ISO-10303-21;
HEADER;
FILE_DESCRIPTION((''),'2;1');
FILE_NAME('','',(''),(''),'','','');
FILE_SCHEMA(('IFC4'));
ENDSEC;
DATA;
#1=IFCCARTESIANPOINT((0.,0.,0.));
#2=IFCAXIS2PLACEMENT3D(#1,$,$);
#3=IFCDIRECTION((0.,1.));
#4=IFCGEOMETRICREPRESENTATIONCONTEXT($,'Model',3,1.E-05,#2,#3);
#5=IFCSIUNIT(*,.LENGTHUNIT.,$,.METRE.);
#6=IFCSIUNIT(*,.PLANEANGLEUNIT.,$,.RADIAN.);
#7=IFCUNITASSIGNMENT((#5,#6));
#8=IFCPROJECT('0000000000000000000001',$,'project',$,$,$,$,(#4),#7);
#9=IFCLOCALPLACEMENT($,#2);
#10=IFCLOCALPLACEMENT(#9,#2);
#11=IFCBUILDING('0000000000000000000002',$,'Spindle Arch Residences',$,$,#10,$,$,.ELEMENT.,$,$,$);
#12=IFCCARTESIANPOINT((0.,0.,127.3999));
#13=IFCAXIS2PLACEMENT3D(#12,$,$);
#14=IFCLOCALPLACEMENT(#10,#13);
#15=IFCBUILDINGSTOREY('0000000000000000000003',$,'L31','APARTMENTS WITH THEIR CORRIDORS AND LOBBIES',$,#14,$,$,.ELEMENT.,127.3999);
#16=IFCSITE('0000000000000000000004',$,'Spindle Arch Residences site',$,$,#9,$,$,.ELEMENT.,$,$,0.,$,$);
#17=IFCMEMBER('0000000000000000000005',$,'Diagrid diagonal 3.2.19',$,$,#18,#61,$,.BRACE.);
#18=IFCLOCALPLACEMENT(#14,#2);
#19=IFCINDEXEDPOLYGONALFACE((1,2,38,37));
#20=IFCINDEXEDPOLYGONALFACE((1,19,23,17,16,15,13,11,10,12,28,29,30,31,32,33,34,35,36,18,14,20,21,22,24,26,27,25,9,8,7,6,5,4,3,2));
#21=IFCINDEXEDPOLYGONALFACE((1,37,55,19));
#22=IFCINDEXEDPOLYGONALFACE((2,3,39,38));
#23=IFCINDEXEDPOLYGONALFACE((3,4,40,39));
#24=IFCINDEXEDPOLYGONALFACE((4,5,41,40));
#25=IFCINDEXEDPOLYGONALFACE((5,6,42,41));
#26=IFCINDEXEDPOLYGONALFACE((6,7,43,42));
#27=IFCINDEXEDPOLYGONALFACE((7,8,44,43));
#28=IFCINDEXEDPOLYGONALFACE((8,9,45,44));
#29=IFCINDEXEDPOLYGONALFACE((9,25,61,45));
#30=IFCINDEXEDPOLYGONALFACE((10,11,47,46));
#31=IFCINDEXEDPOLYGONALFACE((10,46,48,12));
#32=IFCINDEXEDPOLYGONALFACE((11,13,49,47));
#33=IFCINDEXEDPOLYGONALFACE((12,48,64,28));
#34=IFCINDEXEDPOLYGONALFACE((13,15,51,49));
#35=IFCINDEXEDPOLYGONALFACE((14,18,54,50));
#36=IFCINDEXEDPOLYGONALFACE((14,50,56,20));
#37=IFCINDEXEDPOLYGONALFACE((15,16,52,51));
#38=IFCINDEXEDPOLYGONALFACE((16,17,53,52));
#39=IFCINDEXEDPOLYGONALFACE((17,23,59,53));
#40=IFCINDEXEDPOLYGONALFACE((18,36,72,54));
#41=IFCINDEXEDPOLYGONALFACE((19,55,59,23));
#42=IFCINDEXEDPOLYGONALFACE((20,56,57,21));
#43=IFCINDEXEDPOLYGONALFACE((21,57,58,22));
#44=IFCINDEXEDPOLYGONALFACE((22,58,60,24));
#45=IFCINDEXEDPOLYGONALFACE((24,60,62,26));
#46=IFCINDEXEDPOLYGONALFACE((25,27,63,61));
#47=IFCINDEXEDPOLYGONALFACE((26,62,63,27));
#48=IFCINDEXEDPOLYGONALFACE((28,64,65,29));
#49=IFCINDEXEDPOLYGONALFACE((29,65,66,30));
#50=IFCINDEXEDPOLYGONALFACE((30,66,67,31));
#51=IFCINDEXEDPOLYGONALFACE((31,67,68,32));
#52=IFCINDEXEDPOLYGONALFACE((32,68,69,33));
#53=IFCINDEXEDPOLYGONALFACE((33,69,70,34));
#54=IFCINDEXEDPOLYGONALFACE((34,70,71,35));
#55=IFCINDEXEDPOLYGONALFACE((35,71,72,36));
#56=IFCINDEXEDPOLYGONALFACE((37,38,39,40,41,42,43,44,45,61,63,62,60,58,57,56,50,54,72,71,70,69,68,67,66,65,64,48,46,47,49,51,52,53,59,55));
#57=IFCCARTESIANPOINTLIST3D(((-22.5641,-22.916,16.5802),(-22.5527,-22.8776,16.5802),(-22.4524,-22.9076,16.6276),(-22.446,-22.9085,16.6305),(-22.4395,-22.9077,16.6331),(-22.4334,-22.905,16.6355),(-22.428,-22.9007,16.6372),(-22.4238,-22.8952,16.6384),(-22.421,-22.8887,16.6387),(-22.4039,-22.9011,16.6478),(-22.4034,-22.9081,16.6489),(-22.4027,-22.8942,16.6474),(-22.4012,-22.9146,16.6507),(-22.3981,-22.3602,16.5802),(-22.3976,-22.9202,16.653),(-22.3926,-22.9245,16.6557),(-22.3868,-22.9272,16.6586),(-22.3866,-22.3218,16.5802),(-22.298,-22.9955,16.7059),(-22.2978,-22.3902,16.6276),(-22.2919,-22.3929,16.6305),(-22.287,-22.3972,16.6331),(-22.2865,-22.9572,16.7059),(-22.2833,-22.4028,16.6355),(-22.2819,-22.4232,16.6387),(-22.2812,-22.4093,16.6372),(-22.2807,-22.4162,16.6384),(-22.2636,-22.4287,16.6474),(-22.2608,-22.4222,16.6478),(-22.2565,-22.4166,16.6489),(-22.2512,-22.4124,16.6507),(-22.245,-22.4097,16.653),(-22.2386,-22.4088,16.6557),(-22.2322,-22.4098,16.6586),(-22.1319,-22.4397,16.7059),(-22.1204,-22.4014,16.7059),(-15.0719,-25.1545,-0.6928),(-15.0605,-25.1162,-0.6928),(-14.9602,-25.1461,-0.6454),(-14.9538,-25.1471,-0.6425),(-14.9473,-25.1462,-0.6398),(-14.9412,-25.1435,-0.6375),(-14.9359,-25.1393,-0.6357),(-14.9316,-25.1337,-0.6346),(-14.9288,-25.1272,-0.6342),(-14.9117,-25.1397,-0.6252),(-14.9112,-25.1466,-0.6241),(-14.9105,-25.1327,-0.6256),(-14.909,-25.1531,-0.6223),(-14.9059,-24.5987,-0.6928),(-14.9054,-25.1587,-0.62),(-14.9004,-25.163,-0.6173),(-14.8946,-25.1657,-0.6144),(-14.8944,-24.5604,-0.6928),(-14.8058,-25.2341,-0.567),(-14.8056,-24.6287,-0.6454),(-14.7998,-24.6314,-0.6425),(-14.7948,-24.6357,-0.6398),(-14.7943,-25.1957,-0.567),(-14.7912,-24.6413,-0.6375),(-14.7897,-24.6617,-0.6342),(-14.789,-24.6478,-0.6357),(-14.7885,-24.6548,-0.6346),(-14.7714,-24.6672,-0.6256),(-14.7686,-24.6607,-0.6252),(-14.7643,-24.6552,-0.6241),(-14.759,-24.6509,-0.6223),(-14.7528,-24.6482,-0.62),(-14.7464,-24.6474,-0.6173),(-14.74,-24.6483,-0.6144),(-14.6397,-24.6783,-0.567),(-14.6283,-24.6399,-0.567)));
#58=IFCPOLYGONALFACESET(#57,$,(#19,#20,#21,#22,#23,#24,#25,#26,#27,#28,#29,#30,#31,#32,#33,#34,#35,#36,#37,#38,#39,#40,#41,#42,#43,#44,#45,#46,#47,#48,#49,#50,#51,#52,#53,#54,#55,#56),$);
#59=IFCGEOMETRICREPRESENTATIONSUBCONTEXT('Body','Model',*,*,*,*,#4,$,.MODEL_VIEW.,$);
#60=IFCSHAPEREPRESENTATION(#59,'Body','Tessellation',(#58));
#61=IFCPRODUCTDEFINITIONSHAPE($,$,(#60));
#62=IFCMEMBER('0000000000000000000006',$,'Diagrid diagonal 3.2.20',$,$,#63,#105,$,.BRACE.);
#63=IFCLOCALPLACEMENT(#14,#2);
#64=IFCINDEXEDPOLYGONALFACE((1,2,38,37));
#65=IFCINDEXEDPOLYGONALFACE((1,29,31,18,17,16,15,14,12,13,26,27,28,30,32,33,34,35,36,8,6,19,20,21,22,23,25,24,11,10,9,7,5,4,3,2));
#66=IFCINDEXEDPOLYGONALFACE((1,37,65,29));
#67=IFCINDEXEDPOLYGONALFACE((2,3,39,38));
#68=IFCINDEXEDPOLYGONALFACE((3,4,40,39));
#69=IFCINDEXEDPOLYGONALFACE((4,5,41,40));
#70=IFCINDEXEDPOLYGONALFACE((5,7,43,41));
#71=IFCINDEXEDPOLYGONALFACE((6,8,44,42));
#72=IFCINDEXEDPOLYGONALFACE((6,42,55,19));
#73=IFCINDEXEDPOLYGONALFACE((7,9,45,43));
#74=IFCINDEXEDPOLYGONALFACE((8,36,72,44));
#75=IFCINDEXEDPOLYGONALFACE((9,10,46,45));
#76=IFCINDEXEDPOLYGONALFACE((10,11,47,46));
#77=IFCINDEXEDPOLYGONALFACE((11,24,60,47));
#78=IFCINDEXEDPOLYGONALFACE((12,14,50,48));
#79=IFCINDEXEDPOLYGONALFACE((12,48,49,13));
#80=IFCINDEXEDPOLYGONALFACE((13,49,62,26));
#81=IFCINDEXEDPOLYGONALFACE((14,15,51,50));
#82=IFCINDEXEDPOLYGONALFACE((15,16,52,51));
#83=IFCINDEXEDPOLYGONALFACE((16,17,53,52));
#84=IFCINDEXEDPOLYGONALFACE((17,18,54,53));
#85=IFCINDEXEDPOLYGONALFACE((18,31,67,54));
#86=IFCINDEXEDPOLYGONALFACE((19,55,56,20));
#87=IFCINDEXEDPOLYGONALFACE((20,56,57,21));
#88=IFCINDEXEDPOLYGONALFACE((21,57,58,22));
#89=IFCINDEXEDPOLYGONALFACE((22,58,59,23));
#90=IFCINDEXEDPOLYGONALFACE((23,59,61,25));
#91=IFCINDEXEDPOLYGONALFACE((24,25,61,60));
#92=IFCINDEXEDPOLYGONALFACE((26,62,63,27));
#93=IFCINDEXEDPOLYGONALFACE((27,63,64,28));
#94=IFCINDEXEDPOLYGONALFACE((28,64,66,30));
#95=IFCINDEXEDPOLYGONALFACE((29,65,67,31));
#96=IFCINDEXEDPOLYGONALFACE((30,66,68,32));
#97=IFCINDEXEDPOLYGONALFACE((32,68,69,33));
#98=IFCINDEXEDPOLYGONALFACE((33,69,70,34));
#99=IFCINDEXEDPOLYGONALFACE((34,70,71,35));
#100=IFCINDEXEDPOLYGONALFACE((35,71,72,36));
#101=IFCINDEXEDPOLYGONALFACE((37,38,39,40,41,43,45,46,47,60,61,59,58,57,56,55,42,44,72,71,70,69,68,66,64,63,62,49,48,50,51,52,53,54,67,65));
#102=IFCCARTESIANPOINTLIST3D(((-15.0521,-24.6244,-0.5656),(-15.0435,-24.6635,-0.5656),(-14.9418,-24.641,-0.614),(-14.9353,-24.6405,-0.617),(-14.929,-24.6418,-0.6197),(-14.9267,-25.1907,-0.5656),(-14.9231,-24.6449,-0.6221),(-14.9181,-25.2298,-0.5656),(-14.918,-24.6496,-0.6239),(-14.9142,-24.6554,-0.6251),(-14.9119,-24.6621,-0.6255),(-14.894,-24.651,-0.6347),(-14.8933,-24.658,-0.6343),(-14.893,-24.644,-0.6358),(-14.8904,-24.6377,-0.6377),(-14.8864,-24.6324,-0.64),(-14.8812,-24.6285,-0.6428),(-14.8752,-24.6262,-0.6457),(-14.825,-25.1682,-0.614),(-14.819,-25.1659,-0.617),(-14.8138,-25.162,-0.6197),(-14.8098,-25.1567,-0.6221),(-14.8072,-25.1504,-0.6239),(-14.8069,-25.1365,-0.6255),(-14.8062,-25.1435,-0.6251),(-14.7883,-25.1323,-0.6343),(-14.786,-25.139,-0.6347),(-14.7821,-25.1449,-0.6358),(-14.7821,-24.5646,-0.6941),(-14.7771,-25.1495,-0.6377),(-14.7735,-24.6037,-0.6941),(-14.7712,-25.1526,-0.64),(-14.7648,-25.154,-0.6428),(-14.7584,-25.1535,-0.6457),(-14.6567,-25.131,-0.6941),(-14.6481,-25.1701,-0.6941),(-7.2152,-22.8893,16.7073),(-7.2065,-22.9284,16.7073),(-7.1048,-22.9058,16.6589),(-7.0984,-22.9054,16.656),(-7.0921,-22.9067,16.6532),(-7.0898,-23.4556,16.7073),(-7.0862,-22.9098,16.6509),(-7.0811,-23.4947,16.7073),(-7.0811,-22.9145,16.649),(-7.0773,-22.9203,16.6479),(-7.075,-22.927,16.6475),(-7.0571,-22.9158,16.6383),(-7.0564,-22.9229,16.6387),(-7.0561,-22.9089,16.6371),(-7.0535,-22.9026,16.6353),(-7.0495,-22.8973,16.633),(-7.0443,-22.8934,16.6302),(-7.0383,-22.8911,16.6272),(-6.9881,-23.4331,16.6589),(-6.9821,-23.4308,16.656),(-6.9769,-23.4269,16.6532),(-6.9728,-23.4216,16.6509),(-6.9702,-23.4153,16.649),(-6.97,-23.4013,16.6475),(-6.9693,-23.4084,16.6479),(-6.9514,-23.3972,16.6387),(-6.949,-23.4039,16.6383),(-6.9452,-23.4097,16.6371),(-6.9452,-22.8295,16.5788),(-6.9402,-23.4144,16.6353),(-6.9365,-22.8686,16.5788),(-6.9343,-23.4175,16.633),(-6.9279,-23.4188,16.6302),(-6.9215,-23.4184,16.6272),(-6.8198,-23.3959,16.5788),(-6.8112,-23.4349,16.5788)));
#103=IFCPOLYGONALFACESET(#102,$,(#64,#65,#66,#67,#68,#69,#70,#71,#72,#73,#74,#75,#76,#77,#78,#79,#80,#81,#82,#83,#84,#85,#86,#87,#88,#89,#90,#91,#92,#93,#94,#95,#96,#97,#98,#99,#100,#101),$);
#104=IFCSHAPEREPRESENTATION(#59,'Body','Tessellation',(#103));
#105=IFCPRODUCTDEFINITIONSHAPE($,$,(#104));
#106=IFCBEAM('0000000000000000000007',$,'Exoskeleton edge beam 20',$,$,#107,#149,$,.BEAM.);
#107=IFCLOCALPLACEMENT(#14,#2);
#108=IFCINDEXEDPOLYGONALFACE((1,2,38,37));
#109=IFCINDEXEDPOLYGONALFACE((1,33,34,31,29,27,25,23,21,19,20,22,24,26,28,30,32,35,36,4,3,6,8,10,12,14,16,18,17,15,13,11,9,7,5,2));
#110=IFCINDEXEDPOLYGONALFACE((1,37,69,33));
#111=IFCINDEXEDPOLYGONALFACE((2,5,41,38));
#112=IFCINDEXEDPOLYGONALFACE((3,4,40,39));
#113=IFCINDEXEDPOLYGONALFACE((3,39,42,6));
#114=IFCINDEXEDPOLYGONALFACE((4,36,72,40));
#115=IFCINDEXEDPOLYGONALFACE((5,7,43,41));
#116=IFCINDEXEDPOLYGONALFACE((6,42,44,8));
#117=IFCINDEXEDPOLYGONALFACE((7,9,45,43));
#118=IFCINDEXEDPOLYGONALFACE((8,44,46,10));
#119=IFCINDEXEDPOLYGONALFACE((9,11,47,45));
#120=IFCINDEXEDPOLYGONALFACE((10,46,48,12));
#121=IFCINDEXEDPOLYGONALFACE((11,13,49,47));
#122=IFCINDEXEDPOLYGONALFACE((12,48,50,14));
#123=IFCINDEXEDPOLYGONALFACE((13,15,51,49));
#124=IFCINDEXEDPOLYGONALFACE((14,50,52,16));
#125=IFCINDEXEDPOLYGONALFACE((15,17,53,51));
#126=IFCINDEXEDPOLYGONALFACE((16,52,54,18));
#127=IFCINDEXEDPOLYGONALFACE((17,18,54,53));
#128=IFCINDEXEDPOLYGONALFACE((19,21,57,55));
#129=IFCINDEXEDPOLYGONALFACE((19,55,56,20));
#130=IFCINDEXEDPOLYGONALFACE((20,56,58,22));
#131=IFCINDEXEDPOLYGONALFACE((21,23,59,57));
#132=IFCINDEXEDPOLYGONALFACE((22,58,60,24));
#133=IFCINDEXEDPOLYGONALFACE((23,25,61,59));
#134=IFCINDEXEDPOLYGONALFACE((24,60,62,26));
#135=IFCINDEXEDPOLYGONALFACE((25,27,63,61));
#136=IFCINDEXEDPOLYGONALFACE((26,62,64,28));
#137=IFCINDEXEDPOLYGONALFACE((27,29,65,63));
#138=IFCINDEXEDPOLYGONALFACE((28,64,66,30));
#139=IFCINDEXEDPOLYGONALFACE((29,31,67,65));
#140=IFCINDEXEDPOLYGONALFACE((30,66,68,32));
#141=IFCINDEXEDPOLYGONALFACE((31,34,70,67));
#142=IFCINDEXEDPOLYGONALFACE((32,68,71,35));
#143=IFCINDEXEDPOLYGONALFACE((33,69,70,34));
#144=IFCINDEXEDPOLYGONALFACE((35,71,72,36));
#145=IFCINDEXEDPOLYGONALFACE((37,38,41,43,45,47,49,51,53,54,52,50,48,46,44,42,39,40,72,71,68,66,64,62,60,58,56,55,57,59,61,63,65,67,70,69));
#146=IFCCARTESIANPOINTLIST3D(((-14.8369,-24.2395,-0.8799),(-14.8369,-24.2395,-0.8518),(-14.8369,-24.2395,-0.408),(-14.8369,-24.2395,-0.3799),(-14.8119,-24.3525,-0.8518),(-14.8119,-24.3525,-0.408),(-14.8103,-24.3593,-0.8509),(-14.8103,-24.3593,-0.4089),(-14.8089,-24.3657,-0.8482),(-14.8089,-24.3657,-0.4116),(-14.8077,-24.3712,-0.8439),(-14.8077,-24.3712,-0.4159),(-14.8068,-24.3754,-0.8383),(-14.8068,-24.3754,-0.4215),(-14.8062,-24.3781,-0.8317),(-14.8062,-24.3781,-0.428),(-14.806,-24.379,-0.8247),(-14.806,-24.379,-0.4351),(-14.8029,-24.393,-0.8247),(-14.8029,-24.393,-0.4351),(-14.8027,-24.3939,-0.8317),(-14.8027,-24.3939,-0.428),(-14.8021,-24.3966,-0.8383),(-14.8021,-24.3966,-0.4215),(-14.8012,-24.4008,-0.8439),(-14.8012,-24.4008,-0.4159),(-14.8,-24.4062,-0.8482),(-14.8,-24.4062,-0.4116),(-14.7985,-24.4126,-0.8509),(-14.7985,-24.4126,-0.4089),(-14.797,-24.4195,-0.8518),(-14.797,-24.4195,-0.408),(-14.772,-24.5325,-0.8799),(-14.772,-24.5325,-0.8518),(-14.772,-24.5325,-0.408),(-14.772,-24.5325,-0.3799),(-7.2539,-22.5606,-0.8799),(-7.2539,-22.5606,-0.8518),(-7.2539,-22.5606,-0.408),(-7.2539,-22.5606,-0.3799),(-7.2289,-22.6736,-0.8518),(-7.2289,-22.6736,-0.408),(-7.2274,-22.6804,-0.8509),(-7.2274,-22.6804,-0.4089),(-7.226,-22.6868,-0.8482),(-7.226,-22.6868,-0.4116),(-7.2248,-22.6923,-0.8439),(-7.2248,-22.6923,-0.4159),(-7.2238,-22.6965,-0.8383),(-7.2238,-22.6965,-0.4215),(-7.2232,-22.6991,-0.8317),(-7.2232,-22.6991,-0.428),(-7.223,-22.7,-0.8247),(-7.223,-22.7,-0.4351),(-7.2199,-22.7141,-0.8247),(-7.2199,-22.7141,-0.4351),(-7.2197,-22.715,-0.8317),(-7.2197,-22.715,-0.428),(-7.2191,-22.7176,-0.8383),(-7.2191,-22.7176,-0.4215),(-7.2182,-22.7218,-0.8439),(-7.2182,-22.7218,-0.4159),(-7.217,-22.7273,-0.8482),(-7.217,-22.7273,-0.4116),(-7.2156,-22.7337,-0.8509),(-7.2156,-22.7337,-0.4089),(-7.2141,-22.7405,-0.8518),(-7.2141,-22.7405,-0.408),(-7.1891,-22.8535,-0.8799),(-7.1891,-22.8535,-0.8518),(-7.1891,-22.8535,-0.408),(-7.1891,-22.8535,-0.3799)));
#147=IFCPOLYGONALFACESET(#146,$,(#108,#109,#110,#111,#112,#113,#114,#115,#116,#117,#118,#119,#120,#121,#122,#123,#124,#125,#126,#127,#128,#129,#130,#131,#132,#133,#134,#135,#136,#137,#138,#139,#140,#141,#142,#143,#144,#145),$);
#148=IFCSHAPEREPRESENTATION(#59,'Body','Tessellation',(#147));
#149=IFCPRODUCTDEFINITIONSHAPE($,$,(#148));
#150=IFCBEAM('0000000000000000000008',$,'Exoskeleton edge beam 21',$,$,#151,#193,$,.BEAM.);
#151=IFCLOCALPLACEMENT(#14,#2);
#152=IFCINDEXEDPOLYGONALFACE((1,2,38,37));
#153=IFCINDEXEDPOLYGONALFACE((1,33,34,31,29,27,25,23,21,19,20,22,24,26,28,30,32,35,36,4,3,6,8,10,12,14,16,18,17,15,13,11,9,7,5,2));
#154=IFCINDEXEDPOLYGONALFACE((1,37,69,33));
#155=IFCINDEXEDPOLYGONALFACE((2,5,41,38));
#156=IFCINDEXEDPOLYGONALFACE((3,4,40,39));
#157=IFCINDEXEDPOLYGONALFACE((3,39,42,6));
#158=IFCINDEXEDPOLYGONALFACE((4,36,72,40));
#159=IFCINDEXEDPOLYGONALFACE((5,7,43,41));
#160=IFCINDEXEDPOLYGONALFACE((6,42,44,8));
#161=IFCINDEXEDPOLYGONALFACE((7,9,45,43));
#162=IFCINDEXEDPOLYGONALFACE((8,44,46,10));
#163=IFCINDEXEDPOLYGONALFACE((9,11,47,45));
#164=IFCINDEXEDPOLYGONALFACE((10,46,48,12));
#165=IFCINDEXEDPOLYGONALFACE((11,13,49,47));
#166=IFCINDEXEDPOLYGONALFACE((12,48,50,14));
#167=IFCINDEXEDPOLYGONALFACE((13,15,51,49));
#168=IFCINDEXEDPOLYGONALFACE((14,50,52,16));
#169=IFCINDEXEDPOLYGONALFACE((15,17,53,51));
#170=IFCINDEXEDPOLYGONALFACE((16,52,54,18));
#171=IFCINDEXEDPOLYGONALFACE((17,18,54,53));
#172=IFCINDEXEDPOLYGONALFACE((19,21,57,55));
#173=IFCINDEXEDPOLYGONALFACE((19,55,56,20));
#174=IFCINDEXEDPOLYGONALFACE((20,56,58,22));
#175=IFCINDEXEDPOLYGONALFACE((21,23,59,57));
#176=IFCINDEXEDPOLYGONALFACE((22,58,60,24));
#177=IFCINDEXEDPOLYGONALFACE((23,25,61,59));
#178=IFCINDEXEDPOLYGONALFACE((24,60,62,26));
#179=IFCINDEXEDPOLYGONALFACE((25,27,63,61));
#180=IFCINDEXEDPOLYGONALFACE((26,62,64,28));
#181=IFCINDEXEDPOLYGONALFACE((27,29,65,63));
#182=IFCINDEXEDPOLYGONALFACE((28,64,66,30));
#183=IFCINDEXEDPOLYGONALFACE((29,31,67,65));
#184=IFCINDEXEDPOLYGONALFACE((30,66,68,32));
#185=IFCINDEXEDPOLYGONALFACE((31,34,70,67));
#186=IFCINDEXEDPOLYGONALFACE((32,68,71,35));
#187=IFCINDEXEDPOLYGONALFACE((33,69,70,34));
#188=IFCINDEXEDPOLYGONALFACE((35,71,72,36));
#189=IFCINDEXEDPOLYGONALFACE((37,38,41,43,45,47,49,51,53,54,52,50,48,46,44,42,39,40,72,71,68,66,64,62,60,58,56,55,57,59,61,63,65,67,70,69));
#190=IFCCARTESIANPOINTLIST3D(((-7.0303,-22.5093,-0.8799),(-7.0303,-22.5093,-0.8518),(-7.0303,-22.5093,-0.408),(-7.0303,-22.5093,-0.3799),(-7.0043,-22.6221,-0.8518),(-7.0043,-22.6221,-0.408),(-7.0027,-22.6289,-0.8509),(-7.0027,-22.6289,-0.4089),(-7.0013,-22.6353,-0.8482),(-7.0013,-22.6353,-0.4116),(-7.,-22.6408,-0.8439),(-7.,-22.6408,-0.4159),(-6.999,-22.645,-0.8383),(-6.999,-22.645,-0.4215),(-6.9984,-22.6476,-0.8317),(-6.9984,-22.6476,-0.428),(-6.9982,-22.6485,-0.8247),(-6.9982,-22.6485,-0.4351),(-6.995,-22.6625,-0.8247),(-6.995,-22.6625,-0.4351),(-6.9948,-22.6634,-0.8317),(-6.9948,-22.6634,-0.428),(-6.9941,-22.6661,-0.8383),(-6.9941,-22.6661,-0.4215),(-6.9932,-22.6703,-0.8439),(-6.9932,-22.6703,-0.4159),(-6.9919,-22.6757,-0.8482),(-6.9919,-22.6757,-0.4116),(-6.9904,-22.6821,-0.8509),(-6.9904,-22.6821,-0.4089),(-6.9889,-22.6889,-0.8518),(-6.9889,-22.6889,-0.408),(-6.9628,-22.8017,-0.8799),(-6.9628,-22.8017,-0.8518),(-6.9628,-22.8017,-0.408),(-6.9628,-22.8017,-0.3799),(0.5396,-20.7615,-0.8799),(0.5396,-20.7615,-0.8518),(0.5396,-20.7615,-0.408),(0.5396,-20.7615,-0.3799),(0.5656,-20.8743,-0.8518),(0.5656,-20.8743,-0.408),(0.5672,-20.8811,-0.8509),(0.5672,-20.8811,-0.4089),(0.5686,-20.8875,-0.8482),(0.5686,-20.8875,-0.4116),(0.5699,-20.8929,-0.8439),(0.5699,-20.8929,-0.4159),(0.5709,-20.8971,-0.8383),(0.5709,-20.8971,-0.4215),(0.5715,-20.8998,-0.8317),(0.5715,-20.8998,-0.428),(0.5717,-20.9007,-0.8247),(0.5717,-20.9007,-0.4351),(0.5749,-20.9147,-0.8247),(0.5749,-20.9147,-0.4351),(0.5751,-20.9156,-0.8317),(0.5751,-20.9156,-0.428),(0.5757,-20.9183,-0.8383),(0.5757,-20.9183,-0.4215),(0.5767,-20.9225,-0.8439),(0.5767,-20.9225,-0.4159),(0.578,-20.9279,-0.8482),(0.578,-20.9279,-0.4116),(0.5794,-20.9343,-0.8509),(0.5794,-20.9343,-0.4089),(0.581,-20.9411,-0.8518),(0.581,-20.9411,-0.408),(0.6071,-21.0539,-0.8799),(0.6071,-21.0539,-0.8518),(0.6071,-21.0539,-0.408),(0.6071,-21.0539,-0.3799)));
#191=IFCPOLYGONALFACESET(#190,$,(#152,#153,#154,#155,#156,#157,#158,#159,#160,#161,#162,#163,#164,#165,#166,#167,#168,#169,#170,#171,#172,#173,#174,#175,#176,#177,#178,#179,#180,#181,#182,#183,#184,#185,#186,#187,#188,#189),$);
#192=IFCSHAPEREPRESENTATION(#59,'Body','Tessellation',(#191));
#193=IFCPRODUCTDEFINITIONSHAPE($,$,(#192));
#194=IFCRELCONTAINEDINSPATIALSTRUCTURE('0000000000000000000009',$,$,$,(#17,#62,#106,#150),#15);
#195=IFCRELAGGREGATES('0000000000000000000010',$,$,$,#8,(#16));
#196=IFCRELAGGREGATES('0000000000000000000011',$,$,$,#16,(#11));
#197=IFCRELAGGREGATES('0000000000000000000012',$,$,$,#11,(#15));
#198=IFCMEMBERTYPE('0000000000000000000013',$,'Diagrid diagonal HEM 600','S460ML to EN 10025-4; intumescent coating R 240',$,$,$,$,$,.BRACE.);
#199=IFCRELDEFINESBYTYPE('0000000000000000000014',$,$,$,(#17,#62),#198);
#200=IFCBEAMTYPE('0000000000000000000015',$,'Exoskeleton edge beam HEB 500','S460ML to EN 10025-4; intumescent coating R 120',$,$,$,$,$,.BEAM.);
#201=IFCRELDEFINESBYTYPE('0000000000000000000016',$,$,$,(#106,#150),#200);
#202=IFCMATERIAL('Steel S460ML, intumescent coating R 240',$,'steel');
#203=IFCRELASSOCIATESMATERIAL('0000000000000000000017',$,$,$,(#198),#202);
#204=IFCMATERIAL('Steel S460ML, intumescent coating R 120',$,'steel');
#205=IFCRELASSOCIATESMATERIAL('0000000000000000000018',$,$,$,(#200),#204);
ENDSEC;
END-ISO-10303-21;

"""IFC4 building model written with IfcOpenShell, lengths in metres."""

from ifc_helpers import new_model, si_unit, direction, frame, origin, origin_2d, place, context, subcontext, project, spatial, i_section, extrude, material, material_profile, profile_set, type_object, element, save


model = new_model("IFC4")

# Units and contexts
model_context = context("Model", 3, precision=1e-05, world=origin(), true_north=direction((0.0, 1.0)))
body_context = subcontext(model_context, "Body", "Model", "MODEL_VIEW")
ifc_project = project(units=[si_unit("LENGTHUNIT", "METRE"), si_unit("PLANEANGLEUNIT", "RADIAN")], contexts=[model_context])

# Site, building, storey
site_placement = place(None, origin())
site = spatial("IfcSite", under=ifc_project, at=site_placement, Name="Spindle Arch Residences site", CompositionType="ELEMENT", RefElevation=0.0)
building_placement = place(site_placement, origin())
building = spatial("IfcBuilding", under=site, at=building_placement, Name="Spindle Arch Residences", CompositionType="ELEMENT")
storey_placement = place(building_placement, frame((0.0, 0.0, 127.3999)))
storey = spatial("IfcBuildingStorey", under=building, at=storey_placement, Name="L31", Description="APARTMENTS WITH THEIR CORRIDORS AND LOBBIES", CompositionType="ELEMENT", Elevation=127.3999)

# Members
ifc_material_1 = material(Name="Steel S460ML, intumescent coating R 240", Category="steel")
ifc_material_profile_1 = material_profile(ifc_material_1, i_section(OverallWidth=0.3049, OverallDepth=0.6201, WebThickness=0.021, FlangeThickness=0.04, FilletRadius=0.0271, at=origin_2d()), Name="HEM 600")
ifc_profile_set_1 = profile_set([ifc_material_profile_1], Name="Steel S460ML, intumescent coating R 240")
member_type_1 = type_object("IfcMemberType", Name="Diagrid diagonal HEM 600", Description="S460ML to EN 10025-4; intumescent coating R 240", PredefinedType="BRACE", material=ifc_profile_set_1)
member_1_placement = place(storey_placement, frame((-14.8501, -24.8972, -0.6299), z_axis=(-0.395148, 0.118063, 0.910999), x_axis=(0.872871, -0.260798, 0.412409)))
element("IfcMember", 1, at=member_1_placement, inside=storey, type_object=member_type_1, Name="Diagrid diagonal 3.2.19", PredefinedType="BRACE", context=body_context, shape_type="SweptSolid", body=[
    extrude(i_section(OverallWidth=0.3049, OverallDepth=0.6201, WebThickness=0.021, FlangeThickness=0.04, FilletRadius=0.0271, at=origin_2d()), origin(), (0.0, 0.0, 1.0), 18.9604),
])
member_2_placement = place(storey_placement, frame((-14.8501, -24.8972, -0.6299), z_axis=(0.411455, 0.091097, 0.906866), x_axis=(-0.885425, -0.196035, 0.421418)))
element("IfcMember", 2, at=member_2_placement, inside=storey, type_object=member_type_1, Name="Diagrid diagonal 3.2.20", PredefinedType="BRACE", context=body_context, shape_type="SweptSolid", body=[
    extrude(i_section(OverallWidth=0.3049, OverallDepth=0.6201, WebThickness=0.021, FlangeThickness=0.04, FilletRadius=0.0271, at=origin_2d()), origin(), (0.0, 0.0, 1.0), 19.0469),
])

# Beams
ifc_material_2 = material(Name="Steel S460ML, intumescent coating R 120", Category="steel")
ifc_material_profile_2 = material_profile(ifc_material_2, i_section(OverallWidth=0.3, OverallDepth=0.5, WebThickness=0.0144, FlangeThickness=0.0281, FilletRadius=0.0271, at=origin_2d()), Name="HEB 500")
ifc_profile_set_2 = profile_set([ifc_material_profile_2], Name="Steel S460ML, intumescent coating R 120")
beam_type_1 = type_object("IfcBeamType", Name="Exoskeleton edge beam HEB 500", Description="S460ML to EN 10025-4; intumescent coating R 120", PredefinedType="BEAM", material=ifc_profile_set_2)
beam_1_placement = place(storey_placement, frame((-14.8044, -24.386, -0.6299), z_axis=(0.976355, 0.216175, 0.0), x_axis=(-0.216175, 0.976355, 0.0)))
element("IfcBeam", 3, at=beam_1_placement, inside=storey, type_object=beam_type_1, Name="Exoskeleton edge beam 20", PredefinedType="BEAM", context=body_context, shape_type="SweptSolid", body=[
    extrude(i_section(OverallWidth=0.3, OverallDepth=0.5, WebThickness=0.0144, FlangeThickness=0.0281, FilletRadius=0.0271, at=origin_2d()), origin(), (0.0, 0.0, 1.0), 7.7666),
])
beam_2_placement = place(storey_placement, frame((-6.9966, -22.6555, -0.6299), z_axis=(0.974365, 0.224972, 0.0), x_axis=(-0.224972, 0.974365, 0.0)))
element("IfcBeam", 4, at=beam_2_placement, inside=storey, type_object=beam_type_1, Name="Exoskeleton edge beam 21", PredefinedType="BEAM", context=body_context, shape_type="SweptSolid", body=[
    extrude(i_section(OverallWidth=0.3, OverallDepth=0.5, WebThickness=0.0144, FlangeThickness=0.0281, FilletRadius=0.0271, at=origin_2d()), origin(), (0.0, 0.0, 1.0), 7.769),
])

save(model, "model.ifc")
